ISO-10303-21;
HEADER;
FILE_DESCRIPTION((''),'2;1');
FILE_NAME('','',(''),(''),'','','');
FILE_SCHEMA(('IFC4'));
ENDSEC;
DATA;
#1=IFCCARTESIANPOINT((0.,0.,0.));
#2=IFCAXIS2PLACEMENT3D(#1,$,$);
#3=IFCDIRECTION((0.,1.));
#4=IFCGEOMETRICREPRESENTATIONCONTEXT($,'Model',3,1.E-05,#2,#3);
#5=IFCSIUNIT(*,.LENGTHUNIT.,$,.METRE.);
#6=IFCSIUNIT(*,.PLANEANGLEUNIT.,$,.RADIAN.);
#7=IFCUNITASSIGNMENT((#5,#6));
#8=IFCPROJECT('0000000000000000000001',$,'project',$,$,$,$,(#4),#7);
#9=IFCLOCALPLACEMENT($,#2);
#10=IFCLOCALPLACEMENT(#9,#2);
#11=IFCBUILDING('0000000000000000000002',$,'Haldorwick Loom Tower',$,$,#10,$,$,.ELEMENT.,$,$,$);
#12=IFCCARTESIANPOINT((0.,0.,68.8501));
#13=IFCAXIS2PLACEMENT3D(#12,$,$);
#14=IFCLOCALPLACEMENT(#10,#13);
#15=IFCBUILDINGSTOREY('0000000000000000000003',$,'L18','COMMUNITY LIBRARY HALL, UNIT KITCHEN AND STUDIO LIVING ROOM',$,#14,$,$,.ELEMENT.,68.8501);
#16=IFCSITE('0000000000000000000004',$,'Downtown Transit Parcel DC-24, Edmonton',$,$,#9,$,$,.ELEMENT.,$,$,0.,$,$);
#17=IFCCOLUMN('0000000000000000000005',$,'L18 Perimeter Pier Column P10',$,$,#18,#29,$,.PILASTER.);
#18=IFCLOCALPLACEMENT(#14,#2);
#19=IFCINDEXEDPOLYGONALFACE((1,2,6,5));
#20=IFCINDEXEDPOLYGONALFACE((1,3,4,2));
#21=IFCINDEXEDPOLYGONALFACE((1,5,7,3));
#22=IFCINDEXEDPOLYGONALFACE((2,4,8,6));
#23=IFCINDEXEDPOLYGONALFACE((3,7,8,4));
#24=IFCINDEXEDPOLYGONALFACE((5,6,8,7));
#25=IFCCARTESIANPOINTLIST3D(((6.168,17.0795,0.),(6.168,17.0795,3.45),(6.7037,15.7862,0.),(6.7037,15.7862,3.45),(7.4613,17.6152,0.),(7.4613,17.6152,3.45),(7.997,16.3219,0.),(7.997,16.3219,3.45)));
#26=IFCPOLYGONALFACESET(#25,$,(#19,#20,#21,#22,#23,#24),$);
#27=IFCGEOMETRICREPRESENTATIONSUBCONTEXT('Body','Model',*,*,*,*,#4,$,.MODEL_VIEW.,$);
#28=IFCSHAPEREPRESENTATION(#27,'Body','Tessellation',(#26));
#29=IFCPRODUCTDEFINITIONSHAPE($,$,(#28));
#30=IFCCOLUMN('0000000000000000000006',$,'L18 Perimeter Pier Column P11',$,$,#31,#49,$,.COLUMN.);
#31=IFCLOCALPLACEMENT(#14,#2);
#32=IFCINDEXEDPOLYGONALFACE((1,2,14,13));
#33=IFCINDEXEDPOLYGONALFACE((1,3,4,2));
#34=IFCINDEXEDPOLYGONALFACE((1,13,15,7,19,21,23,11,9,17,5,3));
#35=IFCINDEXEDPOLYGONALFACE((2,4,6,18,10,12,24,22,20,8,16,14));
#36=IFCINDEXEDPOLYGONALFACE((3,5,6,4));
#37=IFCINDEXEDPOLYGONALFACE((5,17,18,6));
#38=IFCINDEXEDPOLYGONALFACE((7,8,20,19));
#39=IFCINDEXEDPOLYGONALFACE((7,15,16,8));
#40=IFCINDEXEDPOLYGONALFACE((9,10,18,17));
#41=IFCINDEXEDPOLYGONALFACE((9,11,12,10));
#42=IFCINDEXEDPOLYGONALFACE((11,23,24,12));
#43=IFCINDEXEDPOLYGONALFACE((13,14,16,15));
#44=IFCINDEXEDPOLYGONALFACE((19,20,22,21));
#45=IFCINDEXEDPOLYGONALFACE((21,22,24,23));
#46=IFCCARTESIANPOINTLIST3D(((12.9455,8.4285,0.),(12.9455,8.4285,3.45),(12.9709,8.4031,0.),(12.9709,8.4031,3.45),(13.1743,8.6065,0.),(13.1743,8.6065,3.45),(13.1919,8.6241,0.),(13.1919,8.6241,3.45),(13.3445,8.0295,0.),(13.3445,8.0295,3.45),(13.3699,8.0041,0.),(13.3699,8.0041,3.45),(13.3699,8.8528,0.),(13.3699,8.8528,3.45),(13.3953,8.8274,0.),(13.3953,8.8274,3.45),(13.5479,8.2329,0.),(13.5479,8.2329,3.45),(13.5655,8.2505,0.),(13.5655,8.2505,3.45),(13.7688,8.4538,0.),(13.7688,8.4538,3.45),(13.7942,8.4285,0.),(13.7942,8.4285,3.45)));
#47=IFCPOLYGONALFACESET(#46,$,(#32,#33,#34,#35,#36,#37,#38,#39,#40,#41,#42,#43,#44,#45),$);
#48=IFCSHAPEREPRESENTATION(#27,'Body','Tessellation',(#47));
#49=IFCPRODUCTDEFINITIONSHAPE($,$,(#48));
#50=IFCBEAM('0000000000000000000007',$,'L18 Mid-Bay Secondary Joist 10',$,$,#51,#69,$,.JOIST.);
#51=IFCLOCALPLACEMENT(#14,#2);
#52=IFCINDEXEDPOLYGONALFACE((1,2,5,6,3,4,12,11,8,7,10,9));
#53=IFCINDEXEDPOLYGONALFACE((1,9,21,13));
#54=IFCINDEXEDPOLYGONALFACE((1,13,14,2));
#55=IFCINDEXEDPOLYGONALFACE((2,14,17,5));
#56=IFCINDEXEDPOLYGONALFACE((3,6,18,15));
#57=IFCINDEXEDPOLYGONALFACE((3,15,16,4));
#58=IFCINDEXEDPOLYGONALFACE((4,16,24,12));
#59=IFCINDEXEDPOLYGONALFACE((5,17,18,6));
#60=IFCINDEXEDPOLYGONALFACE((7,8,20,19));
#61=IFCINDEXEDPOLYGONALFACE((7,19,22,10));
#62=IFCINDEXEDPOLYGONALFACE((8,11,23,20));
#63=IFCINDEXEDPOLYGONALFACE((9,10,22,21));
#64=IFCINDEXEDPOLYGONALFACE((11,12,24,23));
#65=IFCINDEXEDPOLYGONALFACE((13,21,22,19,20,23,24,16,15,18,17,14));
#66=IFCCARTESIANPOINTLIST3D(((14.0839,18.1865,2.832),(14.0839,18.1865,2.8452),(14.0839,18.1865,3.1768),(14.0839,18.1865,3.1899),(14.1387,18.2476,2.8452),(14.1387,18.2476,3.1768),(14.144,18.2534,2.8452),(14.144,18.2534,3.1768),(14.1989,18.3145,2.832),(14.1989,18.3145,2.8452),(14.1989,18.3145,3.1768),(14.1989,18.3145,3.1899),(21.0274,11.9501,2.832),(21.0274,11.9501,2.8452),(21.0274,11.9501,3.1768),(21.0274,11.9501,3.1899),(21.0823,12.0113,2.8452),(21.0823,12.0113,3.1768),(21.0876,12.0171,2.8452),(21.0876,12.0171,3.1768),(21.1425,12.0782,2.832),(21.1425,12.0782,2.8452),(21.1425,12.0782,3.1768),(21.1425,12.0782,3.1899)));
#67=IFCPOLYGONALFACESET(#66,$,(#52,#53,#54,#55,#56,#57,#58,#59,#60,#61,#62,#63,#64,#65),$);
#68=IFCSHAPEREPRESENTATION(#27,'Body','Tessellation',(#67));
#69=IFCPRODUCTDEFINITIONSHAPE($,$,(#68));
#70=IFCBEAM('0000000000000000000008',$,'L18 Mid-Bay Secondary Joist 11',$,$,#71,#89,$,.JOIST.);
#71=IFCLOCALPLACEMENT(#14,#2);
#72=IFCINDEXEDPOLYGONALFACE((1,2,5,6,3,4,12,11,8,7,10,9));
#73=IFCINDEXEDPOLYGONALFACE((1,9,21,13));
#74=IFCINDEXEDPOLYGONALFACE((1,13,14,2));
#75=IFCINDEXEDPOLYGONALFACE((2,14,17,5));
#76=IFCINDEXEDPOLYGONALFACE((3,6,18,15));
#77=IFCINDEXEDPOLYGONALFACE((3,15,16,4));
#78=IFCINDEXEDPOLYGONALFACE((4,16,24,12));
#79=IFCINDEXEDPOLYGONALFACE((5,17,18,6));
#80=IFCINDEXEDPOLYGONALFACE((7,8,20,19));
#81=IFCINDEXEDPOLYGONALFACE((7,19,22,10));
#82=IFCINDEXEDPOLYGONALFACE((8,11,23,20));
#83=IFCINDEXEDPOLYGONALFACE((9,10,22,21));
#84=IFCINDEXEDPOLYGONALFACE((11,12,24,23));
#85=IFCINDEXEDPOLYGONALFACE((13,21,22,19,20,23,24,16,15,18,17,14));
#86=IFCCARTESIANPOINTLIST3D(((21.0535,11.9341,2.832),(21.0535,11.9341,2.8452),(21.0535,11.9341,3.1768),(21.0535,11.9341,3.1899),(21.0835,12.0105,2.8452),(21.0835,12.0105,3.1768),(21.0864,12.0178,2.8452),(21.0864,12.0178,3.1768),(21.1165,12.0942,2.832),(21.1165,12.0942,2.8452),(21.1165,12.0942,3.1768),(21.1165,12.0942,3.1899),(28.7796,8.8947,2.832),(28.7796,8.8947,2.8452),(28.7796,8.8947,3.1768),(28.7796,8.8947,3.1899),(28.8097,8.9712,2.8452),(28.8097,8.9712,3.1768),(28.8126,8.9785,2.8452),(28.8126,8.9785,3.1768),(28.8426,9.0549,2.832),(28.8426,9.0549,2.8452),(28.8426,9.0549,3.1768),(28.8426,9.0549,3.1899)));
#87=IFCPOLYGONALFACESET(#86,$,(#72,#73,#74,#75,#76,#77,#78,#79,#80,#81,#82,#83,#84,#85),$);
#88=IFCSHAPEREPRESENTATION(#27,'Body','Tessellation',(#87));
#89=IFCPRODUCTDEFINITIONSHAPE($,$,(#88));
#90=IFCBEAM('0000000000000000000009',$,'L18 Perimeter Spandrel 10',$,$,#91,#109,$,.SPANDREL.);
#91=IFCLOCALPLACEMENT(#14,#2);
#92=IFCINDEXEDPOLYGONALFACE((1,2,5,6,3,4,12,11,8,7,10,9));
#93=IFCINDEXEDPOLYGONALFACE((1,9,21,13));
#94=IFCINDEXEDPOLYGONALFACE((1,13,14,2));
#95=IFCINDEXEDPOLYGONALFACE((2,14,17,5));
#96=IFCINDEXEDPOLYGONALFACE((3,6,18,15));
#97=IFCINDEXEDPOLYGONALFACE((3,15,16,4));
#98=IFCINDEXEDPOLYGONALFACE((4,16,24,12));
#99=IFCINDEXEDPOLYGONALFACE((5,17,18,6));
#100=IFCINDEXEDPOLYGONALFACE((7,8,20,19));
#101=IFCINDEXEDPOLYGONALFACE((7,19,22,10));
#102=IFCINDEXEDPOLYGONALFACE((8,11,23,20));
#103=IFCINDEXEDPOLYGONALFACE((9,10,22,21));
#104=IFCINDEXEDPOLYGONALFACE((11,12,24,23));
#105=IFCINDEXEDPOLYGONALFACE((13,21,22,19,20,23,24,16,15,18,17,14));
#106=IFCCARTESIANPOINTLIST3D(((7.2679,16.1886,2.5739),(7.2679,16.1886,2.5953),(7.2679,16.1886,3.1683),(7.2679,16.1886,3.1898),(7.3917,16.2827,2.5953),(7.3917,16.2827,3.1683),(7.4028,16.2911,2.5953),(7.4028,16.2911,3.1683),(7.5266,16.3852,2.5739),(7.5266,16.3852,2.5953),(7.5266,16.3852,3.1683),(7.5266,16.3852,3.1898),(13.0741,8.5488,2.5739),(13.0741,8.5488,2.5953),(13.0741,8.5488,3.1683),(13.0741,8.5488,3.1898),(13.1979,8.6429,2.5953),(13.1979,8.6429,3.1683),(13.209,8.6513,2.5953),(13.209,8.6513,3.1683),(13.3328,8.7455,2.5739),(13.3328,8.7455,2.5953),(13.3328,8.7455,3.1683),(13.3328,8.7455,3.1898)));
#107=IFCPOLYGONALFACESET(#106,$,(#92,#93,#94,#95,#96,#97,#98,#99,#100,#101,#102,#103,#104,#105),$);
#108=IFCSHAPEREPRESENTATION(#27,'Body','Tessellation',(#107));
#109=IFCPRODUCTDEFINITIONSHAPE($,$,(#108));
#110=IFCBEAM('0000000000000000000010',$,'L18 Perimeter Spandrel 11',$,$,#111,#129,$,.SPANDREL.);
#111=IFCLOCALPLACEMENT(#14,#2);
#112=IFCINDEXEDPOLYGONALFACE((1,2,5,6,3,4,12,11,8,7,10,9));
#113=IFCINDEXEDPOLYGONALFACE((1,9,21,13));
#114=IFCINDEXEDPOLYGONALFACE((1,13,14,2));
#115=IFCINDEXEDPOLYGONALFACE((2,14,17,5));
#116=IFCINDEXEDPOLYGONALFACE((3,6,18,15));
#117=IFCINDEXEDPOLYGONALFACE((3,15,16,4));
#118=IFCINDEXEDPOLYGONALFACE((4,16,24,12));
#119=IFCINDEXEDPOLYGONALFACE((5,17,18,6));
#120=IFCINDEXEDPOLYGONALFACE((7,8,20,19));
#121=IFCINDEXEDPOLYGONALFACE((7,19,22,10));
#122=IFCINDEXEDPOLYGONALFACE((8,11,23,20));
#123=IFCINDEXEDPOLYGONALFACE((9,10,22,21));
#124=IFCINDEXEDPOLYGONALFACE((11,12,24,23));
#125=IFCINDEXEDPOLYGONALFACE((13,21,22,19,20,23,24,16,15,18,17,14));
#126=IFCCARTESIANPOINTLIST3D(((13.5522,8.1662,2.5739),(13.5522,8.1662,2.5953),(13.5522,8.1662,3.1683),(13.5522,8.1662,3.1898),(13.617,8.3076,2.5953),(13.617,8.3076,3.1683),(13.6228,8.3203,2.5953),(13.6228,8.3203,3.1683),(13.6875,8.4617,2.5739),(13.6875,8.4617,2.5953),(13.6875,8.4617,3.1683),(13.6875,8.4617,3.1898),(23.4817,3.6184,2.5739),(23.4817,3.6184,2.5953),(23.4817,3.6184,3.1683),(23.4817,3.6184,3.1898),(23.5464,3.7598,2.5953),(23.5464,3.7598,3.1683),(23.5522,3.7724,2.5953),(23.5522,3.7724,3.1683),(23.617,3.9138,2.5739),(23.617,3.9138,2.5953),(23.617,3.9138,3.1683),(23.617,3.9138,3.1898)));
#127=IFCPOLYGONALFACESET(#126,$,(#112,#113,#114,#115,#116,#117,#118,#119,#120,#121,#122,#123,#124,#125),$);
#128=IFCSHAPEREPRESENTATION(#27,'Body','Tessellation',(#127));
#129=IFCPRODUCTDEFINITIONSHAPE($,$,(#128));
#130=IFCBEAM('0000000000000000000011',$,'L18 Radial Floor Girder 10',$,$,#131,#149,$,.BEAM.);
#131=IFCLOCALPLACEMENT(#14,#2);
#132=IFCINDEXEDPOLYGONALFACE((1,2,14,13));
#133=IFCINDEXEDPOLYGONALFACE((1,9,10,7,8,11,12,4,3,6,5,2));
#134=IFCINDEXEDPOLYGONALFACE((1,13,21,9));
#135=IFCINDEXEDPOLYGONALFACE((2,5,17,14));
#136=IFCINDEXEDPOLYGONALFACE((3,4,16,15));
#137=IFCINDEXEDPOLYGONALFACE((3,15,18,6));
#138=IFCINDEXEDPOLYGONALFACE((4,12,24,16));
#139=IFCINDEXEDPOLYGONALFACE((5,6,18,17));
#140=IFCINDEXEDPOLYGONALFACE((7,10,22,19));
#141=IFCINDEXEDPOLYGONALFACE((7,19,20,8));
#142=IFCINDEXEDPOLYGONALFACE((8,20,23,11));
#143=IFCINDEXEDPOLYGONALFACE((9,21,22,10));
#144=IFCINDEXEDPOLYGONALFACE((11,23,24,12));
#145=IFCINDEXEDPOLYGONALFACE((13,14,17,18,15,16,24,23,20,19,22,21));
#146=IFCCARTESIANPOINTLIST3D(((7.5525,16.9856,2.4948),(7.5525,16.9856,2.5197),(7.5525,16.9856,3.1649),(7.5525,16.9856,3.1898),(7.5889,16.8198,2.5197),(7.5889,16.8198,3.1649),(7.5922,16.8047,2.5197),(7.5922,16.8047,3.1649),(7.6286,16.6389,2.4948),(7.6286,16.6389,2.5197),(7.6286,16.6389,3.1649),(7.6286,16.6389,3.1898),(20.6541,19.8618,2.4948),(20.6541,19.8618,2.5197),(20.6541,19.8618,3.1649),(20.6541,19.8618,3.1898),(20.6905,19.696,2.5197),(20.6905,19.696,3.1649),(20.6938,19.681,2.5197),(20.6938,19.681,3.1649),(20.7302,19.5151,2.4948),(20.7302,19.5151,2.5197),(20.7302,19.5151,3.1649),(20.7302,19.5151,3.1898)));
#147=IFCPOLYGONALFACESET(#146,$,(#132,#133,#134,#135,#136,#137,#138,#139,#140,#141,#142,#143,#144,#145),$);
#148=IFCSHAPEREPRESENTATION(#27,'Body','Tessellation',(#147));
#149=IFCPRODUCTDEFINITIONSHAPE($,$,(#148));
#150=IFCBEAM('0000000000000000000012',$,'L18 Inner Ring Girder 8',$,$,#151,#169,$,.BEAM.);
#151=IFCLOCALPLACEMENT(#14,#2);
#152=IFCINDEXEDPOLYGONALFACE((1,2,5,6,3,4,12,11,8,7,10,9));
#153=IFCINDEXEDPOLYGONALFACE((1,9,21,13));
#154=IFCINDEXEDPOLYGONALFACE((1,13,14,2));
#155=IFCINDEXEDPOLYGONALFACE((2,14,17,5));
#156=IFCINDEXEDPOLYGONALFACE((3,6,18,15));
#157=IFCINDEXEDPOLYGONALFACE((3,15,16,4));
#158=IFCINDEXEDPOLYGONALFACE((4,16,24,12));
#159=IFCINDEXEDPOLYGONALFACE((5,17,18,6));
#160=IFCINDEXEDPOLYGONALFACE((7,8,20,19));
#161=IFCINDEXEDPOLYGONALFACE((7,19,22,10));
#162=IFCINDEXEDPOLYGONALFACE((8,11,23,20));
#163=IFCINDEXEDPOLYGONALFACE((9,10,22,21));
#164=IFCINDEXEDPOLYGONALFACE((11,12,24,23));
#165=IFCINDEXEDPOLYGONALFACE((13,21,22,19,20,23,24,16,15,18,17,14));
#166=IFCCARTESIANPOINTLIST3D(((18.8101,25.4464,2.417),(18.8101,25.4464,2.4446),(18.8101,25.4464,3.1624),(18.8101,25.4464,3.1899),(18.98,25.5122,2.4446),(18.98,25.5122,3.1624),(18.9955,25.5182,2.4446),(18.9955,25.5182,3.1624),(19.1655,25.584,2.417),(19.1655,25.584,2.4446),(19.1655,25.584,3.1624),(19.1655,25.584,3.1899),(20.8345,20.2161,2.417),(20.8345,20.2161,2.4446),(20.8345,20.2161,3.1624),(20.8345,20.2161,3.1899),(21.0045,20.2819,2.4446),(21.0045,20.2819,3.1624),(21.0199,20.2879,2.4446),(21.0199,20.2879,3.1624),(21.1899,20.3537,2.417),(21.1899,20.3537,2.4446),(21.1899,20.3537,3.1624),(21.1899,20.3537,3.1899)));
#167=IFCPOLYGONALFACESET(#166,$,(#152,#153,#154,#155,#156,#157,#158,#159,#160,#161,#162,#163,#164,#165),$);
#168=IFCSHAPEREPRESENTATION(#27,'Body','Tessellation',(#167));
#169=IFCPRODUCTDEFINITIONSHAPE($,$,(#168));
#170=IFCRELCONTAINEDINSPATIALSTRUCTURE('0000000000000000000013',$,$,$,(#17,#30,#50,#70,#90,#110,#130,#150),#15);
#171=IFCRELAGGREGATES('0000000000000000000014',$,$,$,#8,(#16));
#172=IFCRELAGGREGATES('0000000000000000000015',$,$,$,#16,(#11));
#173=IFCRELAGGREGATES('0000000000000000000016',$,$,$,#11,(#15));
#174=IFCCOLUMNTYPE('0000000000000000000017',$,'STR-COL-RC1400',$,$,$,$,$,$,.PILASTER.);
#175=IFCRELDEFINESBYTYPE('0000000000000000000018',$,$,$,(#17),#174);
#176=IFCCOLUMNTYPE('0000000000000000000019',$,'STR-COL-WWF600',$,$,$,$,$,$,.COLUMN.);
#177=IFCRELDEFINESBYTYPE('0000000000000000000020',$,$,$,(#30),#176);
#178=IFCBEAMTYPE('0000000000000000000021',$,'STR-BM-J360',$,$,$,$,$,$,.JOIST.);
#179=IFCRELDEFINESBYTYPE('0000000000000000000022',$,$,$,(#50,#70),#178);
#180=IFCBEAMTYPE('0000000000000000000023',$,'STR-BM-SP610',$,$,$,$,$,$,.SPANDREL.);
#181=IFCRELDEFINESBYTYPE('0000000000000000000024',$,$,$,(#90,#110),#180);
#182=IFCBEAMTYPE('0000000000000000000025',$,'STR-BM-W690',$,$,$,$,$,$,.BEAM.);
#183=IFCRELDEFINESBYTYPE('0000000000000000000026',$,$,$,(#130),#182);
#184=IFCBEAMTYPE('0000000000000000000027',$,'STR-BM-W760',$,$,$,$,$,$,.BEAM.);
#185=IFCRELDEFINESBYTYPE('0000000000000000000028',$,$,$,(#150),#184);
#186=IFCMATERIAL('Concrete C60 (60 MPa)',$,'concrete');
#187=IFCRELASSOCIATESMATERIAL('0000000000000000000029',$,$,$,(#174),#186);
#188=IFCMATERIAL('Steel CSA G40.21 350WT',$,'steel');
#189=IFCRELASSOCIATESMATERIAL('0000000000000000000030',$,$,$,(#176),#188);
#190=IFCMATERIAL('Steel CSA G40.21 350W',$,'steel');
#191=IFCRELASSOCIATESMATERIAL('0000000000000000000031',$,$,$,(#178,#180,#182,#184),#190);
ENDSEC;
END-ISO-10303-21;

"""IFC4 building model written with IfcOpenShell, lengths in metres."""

from ifc_helpers import new_model, si_unit, direction, frame, origin, origin_2d, place, context, subcontext, project, spatial, rectangle, i_section, extrude, material, material_profile, profile_set, type_object, element, save


model = new_model("IFC4")

# Units and contexts
model_context = context("Model", 3, precision=1e-05, world=origin(), true_north=direction((0.0, 1.0)))
body_context = subcontext(model_context, "Body", "Model", "MODEL_VIEW")
ifc_project = project(units=[si_unit("LENGTHUNIT", "METRE"), si_unit("PLANEANGLEUNIT", "RADIAN")], contexts=[model_context])

# Site, building, storey
site_placement = place(None, origin())
site = spatial("IfcSite", under=ifc_project, at=site_placement, Name="Downtown Transit Parcel DC-24, Edmonton", CompositionType="ELEMENT", RefElevation=0.0)
building_placement = place(site_placement, origin())
building = spatial("IfcBuilding", under=site, at=building_placement, Name="Haldorwick Loom Tower", CompositionType="ELEMENT")
storey_placement = place(building_placement, frame((0.0, 0.0, 68.8501)))
storey = spatial("IfcBuildingStorey", under=building, at=storey_placement, Name="L18", Description="COMMUNITY LIBRARY HALL, UNIT KITCHEN AND STUDIO LIVING ROOM", CompositionType="ELEMENT", Elevation=68.8501)

# Columns
ifc_material_1 = material(Name="Concrete C60 (60 MPa)", Category="concrete")
ifc_material_profile_1 = material_profile(ifc_material_1, rectangle(XDim=1.3999, YDim=1.3999, at=origin_2d()), Name="RC1400X1400", Category="concrete")
ifc_profile_set_1 = profile_set([ifc_material_profile_1], Name="Concrete C60 (60 MPa)")
column_type_1 = type_object("IfcColumnType", Name="STR-COL-RC1400", PredefinedType="PILASTER", material=ifc_profile_set_1)
column_1_placement = place(storey_placement, frame((7.0825, 16.7007, 0.0), z_axis=(0.0, 0.0, 1.0), x_axis=(-0.92388, -0.382683, 0.0)))
element("IfcColumn", 1, at=column_1_placement, inside=storey, type_object=column_type_1, Name="L18 Perimeter Pier Column P10", PredefinedType="PILASTER", context=body_context, shape_type="SweptSolid", body=[
    extrude(rectangle(XDim=1.3999, YDim=1.3999, at=origin_2d()), origin(), (0.0, 0.0, 1.0), 3.45),
])
ifc_material_2 = material(Name="Steel CSA G40.21 350WT", Category="steel")
ifc_material_profile_2 = material_profile(ifc_material_2, i_section(OverallWidth=0.6001, OverallDepth=0.6001, WebThickness=0.0249, FlangeThickness=0.0359, at=origin_2d()), Name="WWF600X600", Category="steel")
ifc_profile_set_2 = profile_set([ifc_material_profile_2], Name="Steel CSA G40.21 350WT")
column_type_2 = type_object("IfcColumnType", Name="STR-COL-WWF600", PredefinedType="COLUMN", material=ifc_profile_set_2)
column_2_placement = place(storey_placement, frame((13.3699, 8.4285, 0.0), z_axis=(0.0, 0.0, 1.0), x_axis=(-0.707107, -0.707107, 0.0)))
element("IfcColumn", 2, at=column_2_placement, inside=storey, type_object=column_type_2, Name="L18 Perimeter Pier Column P11", PredefinedType="COLUMN", context=body_context, shape_type="SweptSolid", body=[
    extrude(i_section(OverallWidth=0.6001, OverallDepth=0.6001, WebThickness=0.0249, FlangeThickness=0.0359, at=origin_2d()), origin(), (0.0, 0.0, 1.0), 3.45),
])

# Beams
ifc_material_3 = material(Name="Steel CSA G40.21 350W", Category="steel")
ifc_material_profile_3 = material_profile(ifc_material_3, i_section(OverallWidth=0.1721, OverallDepth=0.3579, WebThickness=0.0078, FlangeThickness=0.0132, at=origin_2d()), Name="W360X57", Category="steel")
ifc_profile_set_3 = profile_set([ifc_material_profile_3], Name="Steel CSA G40.21 350W")
beam_type_1 = type_object("IfcBeamType", Name="STR-BM-J360", PredefinedType="JOIST", material=ifc_profile_set_3)
beam_1_placement = place(storey_placement, frame((14.1414, 18.2505, 3.011), z_axis=(0.743982, -0.6682, 0.0), x_axis=(0.6682, 0.743982, 0.0)))
element("IfcBeam", 3, at=beam_1_placement, inside=storey, type_object=beam_type_1, Name="L18 Mid-Bay Secondary Joist 10", PredefinedType="JOIST", context=body_context, shape_type="SweptSolid", body=[
    extrude(i_section(OverallWidth=0.1721, OverallDepth=0.3579, WebThickness=0.0078, FlangeThickness=0.0132, at=origin_2d()), origin(), (0.0, 0.0, 1.0), 9.333),
])
beam_2_placement = place(storey_placement, frame((21.085, 12.0142, 3.011), z_axis=(0.930585, -0.366076, 0.0), x_axis=(0.366076, 0.930585, 0.0)))
element("IfcBeam", 4, at=beam_2_placement, inside=storey, type_object=beam_type_1, Name="L18 Mid-Bay Secondary Joist 11", PredefinedType="JOIST", context=body_context, shape_type="SweptSolid", body=[
    extrude(i_section(OverallWidth=0.1721, OverallDepth=0.3579, WebThickness=0.0078, FlangeThickness=0.0132, at=origin_2d()), origin(), (0.0, 0.0, 1.0), 8.3025),
])
ifc_material_profile_4 = material_profile(ifc_material_3, i_section(OverallWidth=0.325, OverallDepth=0.616, WebThickness=0.0139, FlangeThickness=0.0215, at=origin_2d()), Name="W610X174", Category="steel")
ifc_profile_set_4 = profile_set([ifc_material_profile_4], Name="Steel CSA G40.21 350W")
beam_type_2 = type_object("IfcBeamType", Name="STR-BM-SP610", PredefinedType="SPANDREL", material=ifc_profile_set_4)
beam_3_placement = place(storey_placement, frame((7.3972, 16.2869, 2.8818), z_axis=(0.605085, -0.796161, 0.0), x_axis=(0.796161, 0.605085, 0.0)))
element("IfcBeam", 5, at=beam_3_placement, inside=storey, type_object=beam_type_2, Name="L18 Perimeter Spandrel 10", PredefinedType="SPANDREL", context=body_context, shape_type="SweptSolid", body=[
    extrude(i_section(OverallWidth=0.325, OverallDepth=0.616, WebThickness=0.0139, FlangeThickness=0.0215, at=origin_2d()), origin(), (0.0, 0.0, 1.0), 9.5957),
])
beam_4_placement = place(storey_placement, frame((13.6199, 8.314, 2.8818), z_axis=(0.909174, -0.416417, 0.0), x_axis=(0.416417, 0.909174, 0.0)))
element("IfcBeam", 6, at=beam_4_placement, inside=storey, type_object=beam_type_2, Name="L18 Perimeter Spandrel 11", PredefinedType="SPANDREL", context=body_context, shape_type="SweptSolid", body=[
    extrude(i_section(OverallWidth=0.325, OverallDepth=0.616, WebThickness=0.0139, FlangeThickness=0.0215, at=origin_2d()), origin(), (0.0, 0.0, 1.0), 10.9214),
])
ifc_material_profile_5 = material_profile(ifc_material_3, i_section(OverallWidth=0.355, OverallDepth=0.6951, WebThickness=0.0154, FlangeThickness=0.0249, at=origin_2d()), Name="W690X217", Category="steel")
ifc_profile_set_5 = profile_set([ifc_material_profile_5], Name="Steel CSA G40.21 350W")
beam_type_3 = type_object("IfcBeamType", Name="STR-BM-W690", PredefinedType="BEAM", material=ifc_profile_set_5)
beam_5_placement = place(storey_placement, frame((20.6921, 19.6885, 2.8423), z_axis=(-0.97674, -0.214426, 0.0), x_axis=(0.214426, -0.97674, 0.0)))
element("IfcBeam", 7, at=beam_5_placement, inside=storey, type_object=beam_type_3, Name="L18 Radial Floor Girder 10", PredefinedType="BEAM", context=body_context, shape_type="SweptSolid", body=[
    extrude(i_section(OverallWidth=0.355, OverallDepth=0.6951, WebThickness=0.0154, FlangeThickness=0.0249, at=origin_2d()), origin(), (0.0, 0.0, 1.0), 13.4136),
])
ifc_material_profile_6 = material_profile(ifc_material_3, i_section(OverallWidth=0.3811, OverallDepth=0.7729, WebThickness=0.0166, FlangeThickness=0.0276, at=origin_2d()), Name="W760X257", Category="steel")
ifc_profile_set_6 = profile_set([ifc_material_profile_6], Name="Steel CSA G40.21 350W")
beam_type_4 = type_object("IfcBeamType", Name="STR-BM-W760", PredefinedType="BEAM", material=ifc_profile_set_6)
beam_6_placement = place(storey_placement, frame((21.0122, 20.2849, 2.8035), z_axis=(-0.360965, 0.932579, 0.0), x_axis=(-0.932579, -0.360965, 0.0)))
element("IfcBeam", 8, at=beam_6_placement, inside=storey, type_object=beam_type_4, Name="L18 Inner Ring Girder 8", PredefinedType="BEAM", context=body_context, shape_type="SweptSolid", body=[
    extrude(i_section(OverallWidth=0.3811, OverallDepth=0.7729, WebThickness=0.0166, FlangeThickness=0.0276, at=origin_2d()), origin(), (0.0, 0.0, 1.0), 5.6084),
])

save(model, "model.ifc")
